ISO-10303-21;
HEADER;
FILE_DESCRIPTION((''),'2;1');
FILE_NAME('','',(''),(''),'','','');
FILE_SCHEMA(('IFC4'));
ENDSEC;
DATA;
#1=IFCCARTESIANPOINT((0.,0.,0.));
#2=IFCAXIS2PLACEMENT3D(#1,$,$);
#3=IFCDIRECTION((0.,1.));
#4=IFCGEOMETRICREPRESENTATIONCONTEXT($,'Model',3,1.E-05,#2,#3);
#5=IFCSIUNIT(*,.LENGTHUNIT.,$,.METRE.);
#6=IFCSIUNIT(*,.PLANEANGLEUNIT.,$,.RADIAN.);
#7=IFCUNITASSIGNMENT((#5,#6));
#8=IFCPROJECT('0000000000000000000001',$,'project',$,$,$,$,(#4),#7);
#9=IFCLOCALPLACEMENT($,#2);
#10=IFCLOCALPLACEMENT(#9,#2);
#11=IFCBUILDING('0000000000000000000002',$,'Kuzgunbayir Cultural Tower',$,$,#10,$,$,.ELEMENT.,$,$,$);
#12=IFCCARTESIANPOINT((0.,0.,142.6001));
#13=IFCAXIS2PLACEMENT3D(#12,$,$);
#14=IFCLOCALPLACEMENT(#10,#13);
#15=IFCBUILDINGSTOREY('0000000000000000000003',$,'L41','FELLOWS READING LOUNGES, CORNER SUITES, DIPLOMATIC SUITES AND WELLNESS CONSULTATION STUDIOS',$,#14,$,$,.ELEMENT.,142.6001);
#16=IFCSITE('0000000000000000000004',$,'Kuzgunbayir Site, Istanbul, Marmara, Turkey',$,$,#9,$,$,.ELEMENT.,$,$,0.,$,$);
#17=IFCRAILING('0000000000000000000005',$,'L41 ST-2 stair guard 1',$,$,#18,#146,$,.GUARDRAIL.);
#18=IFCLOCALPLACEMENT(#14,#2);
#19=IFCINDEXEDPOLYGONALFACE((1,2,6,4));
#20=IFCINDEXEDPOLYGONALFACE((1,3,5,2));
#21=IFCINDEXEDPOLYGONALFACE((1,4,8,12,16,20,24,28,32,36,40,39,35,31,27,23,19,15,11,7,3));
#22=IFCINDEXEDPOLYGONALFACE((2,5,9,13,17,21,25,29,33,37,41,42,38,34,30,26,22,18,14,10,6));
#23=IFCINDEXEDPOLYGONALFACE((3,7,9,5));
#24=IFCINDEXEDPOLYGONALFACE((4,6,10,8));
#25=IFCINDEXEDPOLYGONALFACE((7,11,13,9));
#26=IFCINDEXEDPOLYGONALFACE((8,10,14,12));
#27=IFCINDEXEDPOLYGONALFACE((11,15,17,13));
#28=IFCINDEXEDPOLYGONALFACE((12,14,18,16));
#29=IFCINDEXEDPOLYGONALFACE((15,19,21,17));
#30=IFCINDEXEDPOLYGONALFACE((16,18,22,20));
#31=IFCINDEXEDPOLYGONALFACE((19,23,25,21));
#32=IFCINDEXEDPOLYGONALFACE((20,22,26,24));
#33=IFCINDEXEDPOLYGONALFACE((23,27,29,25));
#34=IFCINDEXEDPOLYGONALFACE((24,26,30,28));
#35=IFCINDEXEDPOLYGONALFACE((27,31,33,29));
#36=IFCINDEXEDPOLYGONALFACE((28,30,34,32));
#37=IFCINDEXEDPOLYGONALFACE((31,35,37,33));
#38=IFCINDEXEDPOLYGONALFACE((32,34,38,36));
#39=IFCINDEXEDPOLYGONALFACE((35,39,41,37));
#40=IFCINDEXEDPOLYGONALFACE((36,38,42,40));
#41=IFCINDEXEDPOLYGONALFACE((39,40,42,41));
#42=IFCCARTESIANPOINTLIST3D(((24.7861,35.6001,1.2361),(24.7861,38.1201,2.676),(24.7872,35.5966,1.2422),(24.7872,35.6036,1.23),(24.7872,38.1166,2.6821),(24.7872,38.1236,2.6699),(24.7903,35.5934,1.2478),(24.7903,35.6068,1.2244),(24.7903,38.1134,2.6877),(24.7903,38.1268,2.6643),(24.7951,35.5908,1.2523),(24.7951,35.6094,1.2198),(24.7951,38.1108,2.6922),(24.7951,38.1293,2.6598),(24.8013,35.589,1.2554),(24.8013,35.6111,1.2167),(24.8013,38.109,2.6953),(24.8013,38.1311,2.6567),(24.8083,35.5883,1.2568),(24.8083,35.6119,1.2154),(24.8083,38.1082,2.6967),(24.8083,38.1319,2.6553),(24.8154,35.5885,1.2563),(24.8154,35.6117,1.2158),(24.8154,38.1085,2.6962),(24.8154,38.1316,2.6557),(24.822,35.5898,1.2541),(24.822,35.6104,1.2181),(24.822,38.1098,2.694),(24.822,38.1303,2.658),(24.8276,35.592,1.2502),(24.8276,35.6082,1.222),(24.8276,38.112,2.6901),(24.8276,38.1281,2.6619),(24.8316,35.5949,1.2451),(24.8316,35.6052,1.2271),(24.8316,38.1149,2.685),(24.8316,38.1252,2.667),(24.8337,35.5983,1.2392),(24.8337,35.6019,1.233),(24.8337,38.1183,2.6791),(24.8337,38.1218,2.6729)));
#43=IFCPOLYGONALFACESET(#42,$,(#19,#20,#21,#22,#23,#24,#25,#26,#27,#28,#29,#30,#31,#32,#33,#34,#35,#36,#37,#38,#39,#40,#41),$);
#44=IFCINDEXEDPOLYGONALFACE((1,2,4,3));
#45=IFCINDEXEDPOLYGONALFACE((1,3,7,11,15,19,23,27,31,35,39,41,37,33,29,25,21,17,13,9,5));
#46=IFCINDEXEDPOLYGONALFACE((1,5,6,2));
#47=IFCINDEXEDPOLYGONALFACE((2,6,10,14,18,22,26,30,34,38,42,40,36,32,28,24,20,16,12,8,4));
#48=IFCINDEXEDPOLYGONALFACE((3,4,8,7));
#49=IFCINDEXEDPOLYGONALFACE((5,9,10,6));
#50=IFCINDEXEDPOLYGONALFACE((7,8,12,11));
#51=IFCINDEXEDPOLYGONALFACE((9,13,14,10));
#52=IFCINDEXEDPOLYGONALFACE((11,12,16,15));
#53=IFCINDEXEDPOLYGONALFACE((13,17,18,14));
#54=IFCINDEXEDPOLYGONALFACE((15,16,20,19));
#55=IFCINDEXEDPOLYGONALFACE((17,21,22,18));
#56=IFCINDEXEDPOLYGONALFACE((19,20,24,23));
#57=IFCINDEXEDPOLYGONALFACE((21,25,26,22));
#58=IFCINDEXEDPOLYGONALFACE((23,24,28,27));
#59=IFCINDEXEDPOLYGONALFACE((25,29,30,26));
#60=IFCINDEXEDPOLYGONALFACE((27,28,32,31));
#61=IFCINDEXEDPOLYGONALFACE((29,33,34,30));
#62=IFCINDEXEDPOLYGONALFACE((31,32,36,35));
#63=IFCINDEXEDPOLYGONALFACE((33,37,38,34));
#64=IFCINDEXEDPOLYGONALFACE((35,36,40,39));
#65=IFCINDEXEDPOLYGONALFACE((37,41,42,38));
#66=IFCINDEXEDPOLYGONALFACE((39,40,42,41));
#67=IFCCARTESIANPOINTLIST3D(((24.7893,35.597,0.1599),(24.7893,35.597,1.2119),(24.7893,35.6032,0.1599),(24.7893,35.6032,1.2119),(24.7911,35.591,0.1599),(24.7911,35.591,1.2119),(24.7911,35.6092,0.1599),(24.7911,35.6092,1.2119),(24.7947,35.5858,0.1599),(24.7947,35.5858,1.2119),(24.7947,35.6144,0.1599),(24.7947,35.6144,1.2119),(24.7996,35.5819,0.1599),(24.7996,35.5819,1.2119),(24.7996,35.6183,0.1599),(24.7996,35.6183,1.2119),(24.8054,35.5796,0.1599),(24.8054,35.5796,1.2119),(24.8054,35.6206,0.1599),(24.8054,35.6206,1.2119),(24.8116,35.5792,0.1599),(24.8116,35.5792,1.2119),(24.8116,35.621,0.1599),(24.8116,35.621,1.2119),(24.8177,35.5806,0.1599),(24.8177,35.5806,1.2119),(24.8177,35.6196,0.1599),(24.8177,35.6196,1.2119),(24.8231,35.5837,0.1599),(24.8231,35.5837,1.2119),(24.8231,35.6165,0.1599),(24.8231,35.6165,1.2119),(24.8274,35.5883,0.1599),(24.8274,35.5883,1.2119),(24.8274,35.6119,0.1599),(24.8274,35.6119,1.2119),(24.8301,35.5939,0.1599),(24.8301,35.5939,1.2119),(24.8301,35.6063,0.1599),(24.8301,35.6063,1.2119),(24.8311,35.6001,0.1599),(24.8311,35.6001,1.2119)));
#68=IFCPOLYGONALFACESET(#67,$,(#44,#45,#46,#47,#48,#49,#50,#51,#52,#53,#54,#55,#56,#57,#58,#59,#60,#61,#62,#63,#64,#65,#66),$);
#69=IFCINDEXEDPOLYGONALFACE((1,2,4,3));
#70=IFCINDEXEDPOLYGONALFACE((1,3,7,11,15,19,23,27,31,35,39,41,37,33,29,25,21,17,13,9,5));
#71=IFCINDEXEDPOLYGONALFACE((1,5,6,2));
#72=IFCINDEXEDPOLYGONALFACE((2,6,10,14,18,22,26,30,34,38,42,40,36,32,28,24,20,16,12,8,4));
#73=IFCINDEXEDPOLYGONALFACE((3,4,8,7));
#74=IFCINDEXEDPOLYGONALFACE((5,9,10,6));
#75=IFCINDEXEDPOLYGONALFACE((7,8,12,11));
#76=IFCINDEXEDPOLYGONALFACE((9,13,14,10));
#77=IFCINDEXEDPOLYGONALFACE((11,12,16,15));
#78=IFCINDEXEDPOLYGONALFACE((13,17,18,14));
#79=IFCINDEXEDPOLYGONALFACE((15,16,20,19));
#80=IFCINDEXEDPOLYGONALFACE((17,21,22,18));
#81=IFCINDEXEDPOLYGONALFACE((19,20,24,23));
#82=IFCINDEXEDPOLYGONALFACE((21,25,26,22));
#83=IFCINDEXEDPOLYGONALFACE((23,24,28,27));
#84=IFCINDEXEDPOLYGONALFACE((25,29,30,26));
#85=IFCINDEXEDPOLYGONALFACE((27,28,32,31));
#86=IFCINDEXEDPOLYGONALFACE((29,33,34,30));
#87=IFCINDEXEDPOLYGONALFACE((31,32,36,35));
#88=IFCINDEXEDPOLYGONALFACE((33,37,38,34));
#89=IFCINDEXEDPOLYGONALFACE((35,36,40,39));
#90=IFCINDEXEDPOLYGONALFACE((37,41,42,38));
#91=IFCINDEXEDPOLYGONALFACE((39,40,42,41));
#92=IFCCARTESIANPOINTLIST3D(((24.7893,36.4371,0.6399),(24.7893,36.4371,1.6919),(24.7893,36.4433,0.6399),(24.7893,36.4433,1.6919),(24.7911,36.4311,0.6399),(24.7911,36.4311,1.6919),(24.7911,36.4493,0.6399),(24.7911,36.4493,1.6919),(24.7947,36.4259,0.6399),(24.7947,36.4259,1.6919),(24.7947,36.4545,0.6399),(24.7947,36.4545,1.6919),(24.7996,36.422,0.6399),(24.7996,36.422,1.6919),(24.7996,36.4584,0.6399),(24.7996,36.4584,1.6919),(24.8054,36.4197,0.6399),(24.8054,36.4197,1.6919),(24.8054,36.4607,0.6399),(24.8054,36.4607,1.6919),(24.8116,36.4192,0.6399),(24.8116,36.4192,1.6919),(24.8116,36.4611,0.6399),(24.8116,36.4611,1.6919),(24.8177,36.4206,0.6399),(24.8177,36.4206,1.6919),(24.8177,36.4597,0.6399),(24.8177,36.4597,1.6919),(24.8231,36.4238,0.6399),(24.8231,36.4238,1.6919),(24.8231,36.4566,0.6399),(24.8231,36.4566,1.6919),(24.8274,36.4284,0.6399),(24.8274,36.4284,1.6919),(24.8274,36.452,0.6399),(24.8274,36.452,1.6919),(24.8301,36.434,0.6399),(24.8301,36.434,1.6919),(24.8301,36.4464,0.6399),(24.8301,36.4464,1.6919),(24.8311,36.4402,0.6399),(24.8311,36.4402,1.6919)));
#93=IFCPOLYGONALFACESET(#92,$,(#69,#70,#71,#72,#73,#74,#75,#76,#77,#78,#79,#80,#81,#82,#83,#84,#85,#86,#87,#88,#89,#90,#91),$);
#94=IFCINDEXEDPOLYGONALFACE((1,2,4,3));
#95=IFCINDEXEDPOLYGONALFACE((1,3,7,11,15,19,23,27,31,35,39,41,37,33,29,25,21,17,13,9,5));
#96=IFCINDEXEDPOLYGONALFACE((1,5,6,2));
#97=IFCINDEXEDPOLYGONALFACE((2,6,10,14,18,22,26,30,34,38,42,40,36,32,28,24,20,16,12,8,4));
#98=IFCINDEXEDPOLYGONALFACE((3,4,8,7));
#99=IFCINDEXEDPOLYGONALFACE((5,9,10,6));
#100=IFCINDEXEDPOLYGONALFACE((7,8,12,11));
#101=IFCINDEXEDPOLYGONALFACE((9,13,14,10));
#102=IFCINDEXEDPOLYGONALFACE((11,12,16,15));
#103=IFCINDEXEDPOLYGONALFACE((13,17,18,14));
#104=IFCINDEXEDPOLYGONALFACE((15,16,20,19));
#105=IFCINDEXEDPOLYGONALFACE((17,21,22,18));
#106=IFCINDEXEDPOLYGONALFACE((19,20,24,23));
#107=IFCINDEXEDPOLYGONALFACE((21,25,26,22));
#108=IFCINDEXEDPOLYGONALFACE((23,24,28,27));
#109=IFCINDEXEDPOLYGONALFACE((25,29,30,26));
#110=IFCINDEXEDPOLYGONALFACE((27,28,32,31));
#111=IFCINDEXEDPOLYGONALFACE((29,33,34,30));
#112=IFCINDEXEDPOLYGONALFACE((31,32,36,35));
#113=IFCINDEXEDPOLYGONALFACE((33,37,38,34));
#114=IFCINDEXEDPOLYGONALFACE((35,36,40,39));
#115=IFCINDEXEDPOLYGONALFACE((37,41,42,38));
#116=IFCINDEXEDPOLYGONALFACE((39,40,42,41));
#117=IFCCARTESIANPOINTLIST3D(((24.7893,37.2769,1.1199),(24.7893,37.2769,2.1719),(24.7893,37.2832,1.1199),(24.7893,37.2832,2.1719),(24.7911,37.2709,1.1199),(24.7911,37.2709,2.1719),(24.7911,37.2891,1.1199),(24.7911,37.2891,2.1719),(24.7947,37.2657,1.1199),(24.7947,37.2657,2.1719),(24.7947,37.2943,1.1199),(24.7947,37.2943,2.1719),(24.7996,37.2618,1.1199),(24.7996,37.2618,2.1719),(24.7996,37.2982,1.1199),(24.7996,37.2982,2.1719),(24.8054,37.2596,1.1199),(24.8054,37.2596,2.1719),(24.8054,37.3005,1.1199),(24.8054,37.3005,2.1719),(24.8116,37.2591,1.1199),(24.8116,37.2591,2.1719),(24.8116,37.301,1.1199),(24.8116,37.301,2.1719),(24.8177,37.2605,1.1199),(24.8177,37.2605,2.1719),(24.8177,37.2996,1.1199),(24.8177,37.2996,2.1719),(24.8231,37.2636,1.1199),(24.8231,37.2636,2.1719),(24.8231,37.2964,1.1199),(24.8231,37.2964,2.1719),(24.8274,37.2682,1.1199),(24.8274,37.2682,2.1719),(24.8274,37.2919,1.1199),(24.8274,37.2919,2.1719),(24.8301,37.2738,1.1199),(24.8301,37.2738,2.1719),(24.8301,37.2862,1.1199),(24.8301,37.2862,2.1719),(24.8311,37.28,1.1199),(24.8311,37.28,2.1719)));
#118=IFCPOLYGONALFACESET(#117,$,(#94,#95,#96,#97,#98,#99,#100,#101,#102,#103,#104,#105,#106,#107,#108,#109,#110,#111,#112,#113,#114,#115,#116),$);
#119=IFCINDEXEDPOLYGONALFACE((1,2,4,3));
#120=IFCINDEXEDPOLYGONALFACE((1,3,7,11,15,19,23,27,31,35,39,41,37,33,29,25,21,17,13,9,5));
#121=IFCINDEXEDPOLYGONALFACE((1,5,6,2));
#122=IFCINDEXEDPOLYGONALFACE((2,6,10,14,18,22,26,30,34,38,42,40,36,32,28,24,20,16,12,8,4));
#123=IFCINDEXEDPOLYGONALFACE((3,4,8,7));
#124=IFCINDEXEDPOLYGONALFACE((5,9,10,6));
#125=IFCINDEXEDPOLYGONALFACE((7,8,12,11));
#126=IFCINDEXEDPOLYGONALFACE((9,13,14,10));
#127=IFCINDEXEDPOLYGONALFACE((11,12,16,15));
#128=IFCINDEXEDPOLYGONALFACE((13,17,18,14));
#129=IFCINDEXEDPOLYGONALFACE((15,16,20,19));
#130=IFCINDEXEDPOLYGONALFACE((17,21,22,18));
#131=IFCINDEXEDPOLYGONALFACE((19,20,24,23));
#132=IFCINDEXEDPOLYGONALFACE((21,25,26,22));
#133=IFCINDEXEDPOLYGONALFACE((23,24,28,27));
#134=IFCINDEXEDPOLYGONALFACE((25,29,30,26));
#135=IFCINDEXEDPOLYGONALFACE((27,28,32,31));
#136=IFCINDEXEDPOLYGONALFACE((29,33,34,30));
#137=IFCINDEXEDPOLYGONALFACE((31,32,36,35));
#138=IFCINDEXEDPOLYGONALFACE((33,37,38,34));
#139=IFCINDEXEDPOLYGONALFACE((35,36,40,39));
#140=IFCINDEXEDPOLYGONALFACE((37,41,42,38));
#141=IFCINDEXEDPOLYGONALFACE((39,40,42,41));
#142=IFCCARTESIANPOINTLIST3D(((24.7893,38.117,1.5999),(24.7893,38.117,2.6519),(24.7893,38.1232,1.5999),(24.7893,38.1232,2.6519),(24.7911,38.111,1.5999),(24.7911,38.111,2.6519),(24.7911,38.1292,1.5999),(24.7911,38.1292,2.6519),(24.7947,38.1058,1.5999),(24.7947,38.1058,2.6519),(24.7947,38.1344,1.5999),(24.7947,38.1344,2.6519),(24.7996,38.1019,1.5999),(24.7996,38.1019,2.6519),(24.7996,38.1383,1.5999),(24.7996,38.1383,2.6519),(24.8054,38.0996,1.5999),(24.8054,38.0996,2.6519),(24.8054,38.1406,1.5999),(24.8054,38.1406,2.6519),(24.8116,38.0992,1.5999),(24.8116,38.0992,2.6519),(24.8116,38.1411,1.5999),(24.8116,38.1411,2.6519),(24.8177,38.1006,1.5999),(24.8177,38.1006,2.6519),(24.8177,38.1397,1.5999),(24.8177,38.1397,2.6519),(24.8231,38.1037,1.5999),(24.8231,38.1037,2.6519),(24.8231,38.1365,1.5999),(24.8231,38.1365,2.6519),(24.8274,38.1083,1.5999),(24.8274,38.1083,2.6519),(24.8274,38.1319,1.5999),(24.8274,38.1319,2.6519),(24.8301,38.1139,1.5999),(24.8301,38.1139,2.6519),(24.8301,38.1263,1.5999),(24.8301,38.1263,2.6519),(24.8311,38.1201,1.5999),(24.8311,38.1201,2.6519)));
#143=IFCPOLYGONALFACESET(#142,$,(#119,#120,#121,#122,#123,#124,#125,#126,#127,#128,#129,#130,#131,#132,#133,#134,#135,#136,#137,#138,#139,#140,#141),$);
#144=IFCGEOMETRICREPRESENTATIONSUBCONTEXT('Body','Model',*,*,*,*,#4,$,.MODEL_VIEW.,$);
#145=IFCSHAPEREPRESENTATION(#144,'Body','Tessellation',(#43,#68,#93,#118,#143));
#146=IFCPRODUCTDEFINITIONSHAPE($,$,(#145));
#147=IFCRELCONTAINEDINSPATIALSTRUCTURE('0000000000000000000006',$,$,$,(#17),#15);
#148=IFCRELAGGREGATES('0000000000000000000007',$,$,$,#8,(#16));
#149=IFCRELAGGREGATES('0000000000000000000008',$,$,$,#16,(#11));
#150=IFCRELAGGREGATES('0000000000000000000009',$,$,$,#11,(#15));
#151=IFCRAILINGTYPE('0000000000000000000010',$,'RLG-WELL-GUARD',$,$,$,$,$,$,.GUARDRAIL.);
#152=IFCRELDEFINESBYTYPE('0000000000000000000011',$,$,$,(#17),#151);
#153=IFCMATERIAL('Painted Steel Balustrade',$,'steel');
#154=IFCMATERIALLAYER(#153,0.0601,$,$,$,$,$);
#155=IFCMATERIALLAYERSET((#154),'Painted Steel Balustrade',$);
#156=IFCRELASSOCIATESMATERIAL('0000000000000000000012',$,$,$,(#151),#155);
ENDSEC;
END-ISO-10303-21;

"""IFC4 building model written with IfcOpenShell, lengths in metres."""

from ifc_helpers import new_model, si_unit, direction, frame, origin, origin_2d, place, context, subcontext, project, spatial, circle, extrude, material, layer, layer_set, type_object, element, save


model = new_model("IFC4")

# Units and contexts
model_context = context("Model", 3, precision=1e-05, world=origin(), true_north=direction((0.0, 1.0)))
body_context = subcontext(model_context, "Body", "Model", "MODEL_VIEW")
ifc_project = project(units=[si_unit("LENGTHUNIT", "METRE"), si_unit("PLANEANGLEUNIT", "RADIAN")], contexts=[model_context])

# Site, building, storey
site_placement = place(None, origin())
site = spatial("IfcSite", under=ifc_project, at=site_placement, Name="Kuzgunbayir Site, Istanbul, Marmara, Turkey", CompositionType="ELEMENT", RefElevation=0.0)
building_placement = place(site_placement, origin())
building = spatial("IfcBuilding", under=site, at=building_placement, Name="Kuzgunbayir Cultural Tower", CompositionType="ELEMENT")
storey_placement = place(building_placement, frame((0.0, 0.0, 142.6001)))
storey = spatial("IfcBuildingStorey", under=building, at=storey_placement, Name="L41", Description="FELLOWS READING LOUNGES, CORNER SUITES, DIPLOMATIC SUITES AND WELLNESS CONSULTATION STUDIOS", CompositionType="ELEMENT", Elevation=142.6001)

# Railing
ifc_material_1 = material(Name="Painted Steel Balustrade", Category="steel")
ifc_layer_1 = layer(ifc_material_1, 0.0601)
ifc_layer_set_1 = layer_set([ifc_layer_1], Name="Painted Steel Balustrade")
railing_type_1 = type_object("IfcRailingType", Name="RLG-WELL-GUARD", PredefinedType="GUARDRAIL", material=ifc_layer_set_1)
railing_1_placement = place(storey_placement, frame((24.8101, 35.6001, 0.1599)))
element("IfcRailing", 1, at=railing_1_placement, inside=storey, type_object=railing_type_1, Name="L41 ST-2 stair guard 1", PredefinedType="GUARDRAIL", context=body_context, shape_type="SweptSolid", body=[
    extrude(circle(Radius=0.0239, at=origin_2d()), frame((0.0, 0.0, 1.0762), z_axis=(0.0, 0.868253, 0.496121), x_axis=(-1.0, 0.0, 0.0)), (0.0, 0.0, 1.0), 2.9023),
    extrude(circle(Radius=0.021, at=origin_2d()), origin(), (0.0, 0.0, 1.0), 1.052),
    extrude(circle(Radius=0.021, at=origin_2d()), frame((0.0, 0.8401, 0.48)), (0.0, 0.0, 1.0), 1.052),
    extrude(circle(Radius=0.021, at=origin_2d()), frame((0.0, 1.6799, 0.96)), (0.0, 0.0, 1.0), 1.052),
    extrude(circle(Radius=0.021, at=origin_2d()), frame((0.0, 2.52, 1.4399)), (0.0, 0.0, 1.0), 1.052),
])

save(model, "model.ifc")
